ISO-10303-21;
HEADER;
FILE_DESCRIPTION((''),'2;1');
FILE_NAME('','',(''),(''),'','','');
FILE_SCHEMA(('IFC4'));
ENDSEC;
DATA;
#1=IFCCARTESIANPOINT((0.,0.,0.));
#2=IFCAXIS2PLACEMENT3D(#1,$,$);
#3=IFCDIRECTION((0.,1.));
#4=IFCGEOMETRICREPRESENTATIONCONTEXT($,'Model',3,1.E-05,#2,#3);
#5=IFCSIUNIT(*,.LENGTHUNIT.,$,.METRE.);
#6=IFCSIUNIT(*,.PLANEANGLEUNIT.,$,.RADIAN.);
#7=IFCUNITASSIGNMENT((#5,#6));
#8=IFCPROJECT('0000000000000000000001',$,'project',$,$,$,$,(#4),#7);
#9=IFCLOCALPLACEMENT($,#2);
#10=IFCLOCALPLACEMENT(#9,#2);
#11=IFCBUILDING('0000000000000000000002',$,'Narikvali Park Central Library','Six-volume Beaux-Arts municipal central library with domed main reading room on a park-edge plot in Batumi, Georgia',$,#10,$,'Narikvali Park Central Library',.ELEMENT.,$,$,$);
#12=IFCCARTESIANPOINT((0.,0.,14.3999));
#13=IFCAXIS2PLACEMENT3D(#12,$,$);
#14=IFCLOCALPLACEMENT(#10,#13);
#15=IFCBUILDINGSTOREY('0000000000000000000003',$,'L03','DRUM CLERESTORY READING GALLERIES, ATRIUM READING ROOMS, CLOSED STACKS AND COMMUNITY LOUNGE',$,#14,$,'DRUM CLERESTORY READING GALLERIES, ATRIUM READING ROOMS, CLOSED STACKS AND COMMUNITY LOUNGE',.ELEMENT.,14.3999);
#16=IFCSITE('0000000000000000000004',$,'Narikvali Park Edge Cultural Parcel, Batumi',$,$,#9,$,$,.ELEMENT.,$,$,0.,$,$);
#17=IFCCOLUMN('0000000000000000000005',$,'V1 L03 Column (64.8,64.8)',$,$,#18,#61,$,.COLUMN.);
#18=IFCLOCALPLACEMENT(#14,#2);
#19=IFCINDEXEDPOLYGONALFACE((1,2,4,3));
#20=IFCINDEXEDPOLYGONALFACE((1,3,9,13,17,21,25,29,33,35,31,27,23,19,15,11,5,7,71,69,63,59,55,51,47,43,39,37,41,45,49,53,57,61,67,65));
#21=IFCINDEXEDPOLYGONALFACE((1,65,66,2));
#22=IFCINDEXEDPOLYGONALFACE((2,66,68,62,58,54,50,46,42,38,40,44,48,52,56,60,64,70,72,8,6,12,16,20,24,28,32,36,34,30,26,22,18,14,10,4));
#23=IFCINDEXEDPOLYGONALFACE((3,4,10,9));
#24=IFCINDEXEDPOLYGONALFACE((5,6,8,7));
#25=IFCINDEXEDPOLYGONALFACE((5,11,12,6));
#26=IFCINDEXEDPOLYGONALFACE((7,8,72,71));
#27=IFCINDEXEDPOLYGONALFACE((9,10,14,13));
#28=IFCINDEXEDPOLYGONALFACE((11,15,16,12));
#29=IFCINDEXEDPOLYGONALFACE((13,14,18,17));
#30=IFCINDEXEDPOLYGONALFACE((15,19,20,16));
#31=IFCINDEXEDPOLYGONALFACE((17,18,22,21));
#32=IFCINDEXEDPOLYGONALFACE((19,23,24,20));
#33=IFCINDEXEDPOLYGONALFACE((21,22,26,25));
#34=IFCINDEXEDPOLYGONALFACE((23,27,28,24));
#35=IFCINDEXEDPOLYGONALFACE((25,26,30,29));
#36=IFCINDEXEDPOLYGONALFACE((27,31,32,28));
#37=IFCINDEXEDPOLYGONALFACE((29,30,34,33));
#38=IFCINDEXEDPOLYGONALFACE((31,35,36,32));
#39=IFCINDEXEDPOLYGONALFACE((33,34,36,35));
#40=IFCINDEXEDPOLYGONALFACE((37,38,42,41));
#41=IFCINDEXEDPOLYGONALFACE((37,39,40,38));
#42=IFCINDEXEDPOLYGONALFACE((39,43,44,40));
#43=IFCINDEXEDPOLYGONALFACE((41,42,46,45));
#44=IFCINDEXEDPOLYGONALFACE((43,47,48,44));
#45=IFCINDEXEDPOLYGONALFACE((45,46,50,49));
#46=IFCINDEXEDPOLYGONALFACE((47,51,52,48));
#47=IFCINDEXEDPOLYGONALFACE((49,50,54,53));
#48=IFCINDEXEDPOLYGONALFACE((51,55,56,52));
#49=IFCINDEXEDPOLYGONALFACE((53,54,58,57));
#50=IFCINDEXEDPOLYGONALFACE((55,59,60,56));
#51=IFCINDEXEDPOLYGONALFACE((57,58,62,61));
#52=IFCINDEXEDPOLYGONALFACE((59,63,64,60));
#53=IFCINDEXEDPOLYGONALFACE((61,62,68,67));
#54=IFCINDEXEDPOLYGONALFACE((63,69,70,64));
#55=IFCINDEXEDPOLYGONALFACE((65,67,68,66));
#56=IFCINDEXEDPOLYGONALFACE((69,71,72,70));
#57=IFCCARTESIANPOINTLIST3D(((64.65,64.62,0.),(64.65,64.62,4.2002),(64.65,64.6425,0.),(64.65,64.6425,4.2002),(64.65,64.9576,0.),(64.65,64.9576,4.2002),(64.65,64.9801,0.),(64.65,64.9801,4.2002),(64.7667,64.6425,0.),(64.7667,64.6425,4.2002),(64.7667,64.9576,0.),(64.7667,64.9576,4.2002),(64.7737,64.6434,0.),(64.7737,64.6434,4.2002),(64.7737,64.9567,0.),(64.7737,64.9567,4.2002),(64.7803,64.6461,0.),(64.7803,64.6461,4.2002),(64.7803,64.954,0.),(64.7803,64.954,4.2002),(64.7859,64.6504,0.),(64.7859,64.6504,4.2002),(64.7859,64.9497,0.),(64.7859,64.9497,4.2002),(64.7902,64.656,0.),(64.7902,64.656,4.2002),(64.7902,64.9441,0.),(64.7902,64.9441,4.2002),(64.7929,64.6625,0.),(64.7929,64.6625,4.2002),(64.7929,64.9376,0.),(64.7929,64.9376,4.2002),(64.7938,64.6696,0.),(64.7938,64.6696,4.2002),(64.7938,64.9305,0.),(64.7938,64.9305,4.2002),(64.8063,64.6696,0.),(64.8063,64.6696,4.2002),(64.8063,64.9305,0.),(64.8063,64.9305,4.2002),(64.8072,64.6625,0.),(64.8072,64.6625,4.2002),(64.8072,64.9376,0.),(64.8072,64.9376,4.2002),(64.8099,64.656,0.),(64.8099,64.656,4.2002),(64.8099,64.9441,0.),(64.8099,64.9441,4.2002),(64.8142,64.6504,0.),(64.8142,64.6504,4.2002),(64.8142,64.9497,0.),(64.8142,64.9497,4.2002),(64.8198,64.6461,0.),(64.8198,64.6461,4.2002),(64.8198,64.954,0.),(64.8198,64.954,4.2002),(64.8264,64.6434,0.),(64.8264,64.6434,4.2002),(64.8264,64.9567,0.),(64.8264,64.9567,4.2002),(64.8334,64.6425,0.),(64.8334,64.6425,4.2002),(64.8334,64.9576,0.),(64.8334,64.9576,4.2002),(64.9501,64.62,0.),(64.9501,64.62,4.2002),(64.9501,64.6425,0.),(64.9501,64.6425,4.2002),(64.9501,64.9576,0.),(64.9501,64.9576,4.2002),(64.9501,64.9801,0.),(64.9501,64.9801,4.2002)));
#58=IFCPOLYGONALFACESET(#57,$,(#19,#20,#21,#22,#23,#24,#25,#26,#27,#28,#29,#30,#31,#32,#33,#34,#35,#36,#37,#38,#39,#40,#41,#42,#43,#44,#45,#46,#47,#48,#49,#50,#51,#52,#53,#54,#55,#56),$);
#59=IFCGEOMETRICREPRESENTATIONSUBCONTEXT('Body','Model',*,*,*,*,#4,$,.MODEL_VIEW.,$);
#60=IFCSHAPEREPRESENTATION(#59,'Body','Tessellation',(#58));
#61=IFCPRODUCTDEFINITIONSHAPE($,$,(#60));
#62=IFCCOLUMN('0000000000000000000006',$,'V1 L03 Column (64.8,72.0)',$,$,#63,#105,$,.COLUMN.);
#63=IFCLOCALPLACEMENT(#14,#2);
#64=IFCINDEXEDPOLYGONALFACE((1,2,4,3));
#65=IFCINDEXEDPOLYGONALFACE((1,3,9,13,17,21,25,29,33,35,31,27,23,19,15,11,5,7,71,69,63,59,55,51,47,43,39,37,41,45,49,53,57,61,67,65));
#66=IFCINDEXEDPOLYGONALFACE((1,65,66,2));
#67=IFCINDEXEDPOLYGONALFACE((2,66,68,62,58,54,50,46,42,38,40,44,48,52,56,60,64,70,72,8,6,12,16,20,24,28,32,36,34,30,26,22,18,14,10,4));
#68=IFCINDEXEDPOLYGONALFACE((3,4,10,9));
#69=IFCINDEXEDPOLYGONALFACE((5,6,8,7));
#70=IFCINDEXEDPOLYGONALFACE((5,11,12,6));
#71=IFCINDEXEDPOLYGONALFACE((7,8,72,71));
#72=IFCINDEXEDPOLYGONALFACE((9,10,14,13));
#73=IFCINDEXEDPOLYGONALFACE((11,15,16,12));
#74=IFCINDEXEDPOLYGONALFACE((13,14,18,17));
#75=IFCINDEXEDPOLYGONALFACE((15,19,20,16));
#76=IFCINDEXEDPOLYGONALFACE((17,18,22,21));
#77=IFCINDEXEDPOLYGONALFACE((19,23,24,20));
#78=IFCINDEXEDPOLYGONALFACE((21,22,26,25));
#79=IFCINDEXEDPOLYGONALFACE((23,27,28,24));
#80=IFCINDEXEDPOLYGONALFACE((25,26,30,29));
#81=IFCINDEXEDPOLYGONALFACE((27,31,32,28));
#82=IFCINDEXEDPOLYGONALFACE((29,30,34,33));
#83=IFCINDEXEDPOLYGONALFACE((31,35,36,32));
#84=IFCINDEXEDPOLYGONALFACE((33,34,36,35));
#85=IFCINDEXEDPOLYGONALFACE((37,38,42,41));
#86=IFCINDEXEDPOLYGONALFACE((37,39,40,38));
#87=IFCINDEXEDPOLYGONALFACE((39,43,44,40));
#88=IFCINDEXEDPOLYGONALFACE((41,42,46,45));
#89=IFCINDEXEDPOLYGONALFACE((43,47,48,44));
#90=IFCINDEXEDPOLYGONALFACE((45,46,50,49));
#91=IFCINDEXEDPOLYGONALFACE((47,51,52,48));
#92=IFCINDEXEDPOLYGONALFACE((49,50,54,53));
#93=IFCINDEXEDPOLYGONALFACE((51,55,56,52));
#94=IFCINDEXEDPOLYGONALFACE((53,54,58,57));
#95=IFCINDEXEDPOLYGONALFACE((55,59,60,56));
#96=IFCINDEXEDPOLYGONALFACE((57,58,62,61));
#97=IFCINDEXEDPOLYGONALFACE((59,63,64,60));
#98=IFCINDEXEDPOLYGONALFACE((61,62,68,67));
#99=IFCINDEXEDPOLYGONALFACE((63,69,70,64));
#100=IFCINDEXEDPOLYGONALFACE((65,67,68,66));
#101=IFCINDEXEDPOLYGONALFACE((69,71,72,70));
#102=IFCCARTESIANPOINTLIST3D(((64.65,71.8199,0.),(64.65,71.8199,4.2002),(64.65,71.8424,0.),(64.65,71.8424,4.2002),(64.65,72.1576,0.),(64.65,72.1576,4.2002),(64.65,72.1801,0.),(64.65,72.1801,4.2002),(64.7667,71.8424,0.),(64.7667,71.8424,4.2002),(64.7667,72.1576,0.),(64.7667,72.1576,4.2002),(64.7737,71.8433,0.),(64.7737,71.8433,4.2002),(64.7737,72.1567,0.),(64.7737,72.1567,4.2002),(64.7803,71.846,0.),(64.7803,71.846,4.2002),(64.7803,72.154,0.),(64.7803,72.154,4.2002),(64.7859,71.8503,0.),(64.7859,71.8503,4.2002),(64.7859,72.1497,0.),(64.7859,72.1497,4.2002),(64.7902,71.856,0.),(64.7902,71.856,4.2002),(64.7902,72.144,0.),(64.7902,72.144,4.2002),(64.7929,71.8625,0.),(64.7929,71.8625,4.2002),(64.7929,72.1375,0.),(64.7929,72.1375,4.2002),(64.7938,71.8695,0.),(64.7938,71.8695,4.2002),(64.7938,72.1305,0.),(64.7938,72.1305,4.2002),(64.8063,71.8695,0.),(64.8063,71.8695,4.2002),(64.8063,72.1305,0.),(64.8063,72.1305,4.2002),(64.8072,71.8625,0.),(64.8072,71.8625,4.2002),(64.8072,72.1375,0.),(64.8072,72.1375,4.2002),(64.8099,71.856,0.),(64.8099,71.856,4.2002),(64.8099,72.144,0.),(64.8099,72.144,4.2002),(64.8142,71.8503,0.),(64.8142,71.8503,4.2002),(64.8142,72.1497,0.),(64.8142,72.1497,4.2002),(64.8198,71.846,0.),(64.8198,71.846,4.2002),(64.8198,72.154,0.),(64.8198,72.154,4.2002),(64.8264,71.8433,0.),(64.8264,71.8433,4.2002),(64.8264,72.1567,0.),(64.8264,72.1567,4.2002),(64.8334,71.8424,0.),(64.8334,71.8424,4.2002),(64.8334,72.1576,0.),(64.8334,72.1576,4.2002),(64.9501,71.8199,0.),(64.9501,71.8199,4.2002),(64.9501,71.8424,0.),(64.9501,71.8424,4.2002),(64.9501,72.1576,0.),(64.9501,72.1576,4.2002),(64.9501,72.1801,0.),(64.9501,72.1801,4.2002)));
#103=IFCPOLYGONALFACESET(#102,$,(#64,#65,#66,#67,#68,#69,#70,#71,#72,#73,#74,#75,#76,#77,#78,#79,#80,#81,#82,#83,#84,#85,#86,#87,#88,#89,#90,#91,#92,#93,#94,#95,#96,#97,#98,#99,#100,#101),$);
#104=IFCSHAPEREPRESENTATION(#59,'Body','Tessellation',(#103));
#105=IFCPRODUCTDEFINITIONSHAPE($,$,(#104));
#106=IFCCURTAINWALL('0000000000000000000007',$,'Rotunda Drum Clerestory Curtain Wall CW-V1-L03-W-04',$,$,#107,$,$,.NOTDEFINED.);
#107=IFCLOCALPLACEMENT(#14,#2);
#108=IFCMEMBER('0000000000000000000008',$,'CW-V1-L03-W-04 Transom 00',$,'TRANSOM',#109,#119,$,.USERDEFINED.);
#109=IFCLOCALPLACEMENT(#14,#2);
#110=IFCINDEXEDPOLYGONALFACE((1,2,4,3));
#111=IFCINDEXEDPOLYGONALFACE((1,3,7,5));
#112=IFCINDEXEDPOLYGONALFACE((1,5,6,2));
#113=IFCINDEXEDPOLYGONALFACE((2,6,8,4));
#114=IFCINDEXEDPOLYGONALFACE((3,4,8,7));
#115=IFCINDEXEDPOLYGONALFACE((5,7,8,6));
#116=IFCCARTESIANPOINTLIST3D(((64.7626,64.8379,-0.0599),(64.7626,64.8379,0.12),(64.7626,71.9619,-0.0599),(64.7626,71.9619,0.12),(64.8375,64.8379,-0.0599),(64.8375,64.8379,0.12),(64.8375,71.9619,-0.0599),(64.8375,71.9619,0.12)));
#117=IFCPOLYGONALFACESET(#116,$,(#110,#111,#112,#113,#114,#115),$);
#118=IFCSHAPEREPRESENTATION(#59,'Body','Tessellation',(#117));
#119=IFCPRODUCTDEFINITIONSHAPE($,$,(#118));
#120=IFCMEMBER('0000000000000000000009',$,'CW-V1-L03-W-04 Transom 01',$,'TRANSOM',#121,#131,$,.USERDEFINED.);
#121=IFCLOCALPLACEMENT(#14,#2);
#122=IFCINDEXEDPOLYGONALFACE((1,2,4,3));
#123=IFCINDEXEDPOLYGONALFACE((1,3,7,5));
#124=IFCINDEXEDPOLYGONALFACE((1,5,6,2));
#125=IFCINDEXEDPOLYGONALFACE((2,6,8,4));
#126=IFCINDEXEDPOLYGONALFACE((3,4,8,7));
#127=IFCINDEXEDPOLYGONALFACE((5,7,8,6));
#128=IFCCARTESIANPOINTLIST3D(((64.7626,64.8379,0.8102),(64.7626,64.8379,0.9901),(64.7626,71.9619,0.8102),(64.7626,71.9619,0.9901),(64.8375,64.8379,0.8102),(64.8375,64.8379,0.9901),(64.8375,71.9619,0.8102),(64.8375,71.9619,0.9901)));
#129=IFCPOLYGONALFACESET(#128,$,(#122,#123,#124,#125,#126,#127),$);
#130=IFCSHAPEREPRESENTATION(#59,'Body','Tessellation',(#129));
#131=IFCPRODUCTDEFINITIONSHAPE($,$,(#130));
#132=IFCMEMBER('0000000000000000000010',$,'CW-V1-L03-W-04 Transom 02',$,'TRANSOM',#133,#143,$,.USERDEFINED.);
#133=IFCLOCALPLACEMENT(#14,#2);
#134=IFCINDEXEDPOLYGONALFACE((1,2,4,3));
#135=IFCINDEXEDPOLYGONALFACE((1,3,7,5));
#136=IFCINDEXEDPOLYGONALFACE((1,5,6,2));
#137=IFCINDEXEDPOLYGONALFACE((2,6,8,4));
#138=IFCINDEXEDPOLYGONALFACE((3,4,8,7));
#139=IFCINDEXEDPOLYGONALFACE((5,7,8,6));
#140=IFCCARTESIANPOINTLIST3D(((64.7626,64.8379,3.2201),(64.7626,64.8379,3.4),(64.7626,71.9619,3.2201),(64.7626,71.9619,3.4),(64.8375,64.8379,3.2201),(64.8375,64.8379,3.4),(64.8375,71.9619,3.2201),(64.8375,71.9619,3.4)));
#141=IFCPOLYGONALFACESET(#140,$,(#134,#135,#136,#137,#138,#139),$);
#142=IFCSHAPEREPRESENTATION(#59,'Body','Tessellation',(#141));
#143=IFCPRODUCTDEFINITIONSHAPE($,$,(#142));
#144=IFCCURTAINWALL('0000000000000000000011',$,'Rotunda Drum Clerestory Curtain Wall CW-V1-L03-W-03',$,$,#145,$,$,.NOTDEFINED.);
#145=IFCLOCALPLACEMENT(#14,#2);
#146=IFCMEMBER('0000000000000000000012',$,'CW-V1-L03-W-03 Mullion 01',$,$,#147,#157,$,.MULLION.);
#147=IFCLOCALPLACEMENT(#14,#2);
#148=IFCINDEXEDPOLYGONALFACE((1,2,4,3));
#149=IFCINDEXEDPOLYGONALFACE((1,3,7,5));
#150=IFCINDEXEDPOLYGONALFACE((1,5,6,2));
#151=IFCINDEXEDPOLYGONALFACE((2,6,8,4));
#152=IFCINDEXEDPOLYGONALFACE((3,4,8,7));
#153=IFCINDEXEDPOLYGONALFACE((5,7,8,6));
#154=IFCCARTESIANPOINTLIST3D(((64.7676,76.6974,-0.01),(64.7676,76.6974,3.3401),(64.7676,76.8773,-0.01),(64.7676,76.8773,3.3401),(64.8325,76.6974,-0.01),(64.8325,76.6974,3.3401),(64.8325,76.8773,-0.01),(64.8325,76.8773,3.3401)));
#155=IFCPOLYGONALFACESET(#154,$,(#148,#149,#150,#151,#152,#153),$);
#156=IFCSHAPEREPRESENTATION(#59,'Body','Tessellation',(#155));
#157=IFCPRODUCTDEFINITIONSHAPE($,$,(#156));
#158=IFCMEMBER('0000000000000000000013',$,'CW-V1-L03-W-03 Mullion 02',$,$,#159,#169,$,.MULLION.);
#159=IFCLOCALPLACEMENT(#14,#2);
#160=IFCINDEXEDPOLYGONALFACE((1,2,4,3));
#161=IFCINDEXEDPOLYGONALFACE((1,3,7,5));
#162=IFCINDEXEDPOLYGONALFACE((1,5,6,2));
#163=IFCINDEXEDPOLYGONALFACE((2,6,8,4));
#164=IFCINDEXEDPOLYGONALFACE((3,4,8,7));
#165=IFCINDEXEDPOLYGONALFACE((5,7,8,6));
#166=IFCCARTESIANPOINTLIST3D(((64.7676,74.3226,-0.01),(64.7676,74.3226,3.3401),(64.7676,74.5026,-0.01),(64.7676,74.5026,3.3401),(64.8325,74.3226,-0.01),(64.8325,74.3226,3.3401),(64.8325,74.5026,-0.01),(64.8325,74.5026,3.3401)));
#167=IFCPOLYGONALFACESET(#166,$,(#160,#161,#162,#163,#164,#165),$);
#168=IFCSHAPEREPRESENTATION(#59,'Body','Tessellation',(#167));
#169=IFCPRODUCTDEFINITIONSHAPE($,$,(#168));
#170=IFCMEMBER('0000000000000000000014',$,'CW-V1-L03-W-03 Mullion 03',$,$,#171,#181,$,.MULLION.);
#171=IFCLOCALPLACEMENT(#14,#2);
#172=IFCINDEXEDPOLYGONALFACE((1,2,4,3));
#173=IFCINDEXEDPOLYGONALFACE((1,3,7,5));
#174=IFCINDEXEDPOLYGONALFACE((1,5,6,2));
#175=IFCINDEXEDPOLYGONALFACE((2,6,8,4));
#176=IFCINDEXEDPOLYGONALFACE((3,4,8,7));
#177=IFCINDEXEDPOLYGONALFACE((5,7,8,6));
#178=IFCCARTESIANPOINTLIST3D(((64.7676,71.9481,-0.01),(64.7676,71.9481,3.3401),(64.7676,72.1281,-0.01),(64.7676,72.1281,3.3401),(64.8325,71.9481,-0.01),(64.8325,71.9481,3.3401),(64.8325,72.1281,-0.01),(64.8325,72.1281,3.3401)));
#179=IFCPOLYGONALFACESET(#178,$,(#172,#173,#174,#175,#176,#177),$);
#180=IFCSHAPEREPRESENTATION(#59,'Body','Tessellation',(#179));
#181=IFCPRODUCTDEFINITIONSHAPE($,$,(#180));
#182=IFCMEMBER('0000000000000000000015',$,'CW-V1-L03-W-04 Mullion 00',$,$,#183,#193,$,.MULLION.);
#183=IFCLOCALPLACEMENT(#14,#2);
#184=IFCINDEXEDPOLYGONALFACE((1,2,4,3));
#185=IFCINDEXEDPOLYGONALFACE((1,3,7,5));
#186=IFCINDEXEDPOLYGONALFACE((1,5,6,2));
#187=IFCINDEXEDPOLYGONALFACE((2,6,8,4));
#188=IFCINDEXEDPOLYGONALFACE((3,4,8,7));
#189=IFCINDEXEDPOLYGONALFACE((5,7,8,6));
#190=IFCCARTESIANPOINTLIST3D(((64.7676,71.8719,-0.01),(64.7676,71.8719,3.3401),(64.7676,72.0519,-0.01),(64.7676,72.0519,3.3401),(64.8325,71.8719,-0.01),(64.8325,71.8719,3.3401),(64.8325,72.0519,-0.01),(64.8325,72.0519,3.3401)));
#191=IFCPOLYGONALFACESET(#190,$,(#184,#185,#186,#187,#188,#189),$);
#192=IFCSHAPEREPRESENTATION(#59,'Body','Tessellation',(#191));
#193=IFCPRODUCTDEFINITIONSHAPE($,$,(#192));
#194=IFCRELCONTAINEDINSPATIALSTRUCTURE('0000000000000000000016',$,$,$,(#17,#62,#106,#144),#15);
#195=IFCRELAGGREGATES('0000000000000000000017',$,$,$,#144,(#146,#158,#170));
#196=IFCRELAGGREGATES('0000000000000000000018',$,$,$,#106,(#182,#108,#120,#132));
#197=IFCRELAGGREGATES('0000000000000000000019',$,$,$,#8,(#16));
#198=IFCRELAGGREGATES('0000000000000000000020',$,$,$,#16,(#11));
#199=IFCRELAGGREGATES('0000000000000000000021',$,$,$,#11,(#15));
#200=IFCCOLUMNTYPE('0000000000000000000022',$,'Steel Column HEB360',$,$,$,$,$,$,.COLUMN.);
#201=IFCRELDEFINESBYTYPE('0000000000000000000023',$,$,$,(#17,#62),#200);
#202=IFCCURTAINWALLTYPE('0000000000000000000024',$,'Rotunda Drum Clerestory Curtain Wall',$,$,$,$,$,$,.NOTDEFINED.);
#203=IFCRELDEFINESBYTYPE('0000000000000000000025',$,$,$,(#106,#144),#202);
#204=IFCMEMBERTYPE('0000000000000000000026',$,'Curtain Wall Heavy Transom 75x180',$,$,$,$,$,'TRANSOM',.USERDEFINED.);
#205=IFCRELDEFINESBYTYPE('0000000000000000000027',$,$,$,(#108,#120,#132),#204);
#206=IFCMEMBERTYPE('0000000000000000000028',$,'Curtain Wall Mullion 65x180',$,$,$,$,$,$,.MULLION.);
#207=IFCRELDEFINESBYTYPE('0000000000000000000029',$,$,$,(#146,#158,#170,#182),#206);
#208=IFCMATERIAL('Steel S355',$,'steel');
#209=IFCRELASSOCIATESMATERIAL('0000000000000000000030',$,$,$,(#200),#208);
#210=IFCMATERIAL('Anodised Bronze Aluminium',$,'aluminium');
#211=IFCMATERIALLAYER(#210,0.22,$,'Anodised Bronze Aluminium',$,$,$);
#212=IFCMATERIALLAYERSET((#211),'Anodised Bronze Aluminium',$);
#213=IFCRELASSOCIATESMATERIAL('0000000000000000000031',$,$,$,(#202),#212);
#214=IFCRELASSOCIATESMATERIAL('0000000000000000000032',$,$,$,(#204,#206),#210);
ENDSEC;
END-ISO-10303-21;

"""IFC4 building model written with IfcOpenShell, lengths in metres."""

from ifc_helpers import new_model, si_unit, direction, frame, origin, origin_2d, place, context, subcontext, project, spatial, rectangle, i_section, extrude, material, layer, layer_set, material_profile, profile_set, type_object, element, aggregate, save


model = new_model("IFC4")

# Units and contexts
model_context = context("Model", 3, precision=1e-05, world=origin(), true_north=direction((0.0, 1.0)))
body_context = subcontext(model_context, "Body", "Model", "MODEL_VIEW")
ifc_project = project(units=[si_unit("LENGTHUNIT", "METRE"), si_unit("PLANEANGLEUNIT", "RADIAN")], contexts=[model_context])

# Site, building, storey
site_placement = place(None, origin())
site = spatial("IfcSite", under=ifc_project, at=site_placement, Name="Narikvali Park Edge Cultural Parcel, Batumi", CompositionType="ELEMENT", RefElevation=0.0)
building_placement = place(site_placement, origin())
building = spatial("IfcBuilding", under=site, at=building_placement, Name="Narikvali Park Central Library", Description="Six-volume Beaux-Arts municipal central library with domed main reading room on a park-edge plot in Batumi, Georgia", LongName="Narikvali Park Central Library", CompositionType="ELEMENT")
storey_placement = place(building_placement, frame((0.0, 0.0, 14.3999)))
storey = spatial("IfcBuildingStorey", under=building, at=storey_placement, Name="L03", Description="DRUM CLERESTORY READING GALLERIES, ATRIUM READING ROOMS, CLOSED STACKS AND COMMUNITY LOUNGE", LongName="DRUM CLERESTORY READING GALLERIES, ATRIUM READING ROOMS, CLOSED STACKS AND COMMUNITY LOUNGE", CompositionType="ELEMENT", Elevation=14.3999)

# Columns
ifc_material_1 = material(Name="Steel S355", Category="steel")
ifc_material_profile_1 = material_profile(ifc_material_1, i_section(OverallWidth=0.3, OverallDepth=0.3601, WebThickness=0.0125, FlangeThickness=0.0225, FilletRadius=0.0271, at=origin_2d()), Name="HEB 360")
ifc_profile_set_1 = profile_set([ifc_material_profile_1], Name="Steel S355")
column_type = type_object("IfcColumnType", Name="Steel Column HEB360", PredefinedType="COLUMN", material=ifc_profile_set_1)
for number, where, z_axis, x_axis, name in (
    (1, (64.8, 64.8, 0.0), (0.0, 0.0, 1.0), (1.0, 0.0, 0.0), "V1 L03 Column (64.8,64.8)"),
    (2, (64.8, 72.0, 0.0), (0.0, 0.0, 1.0), (1.0, 0.0, 0.0), "V1 L03 Column (64.8,72.0)"),
):
    element("IfcColumn", number, at=place(storey_placement, frame(where, z_axis=z_axis, x_axis=x_axis)), inside=storey, type_object=column_type, Name=name, PredefinedType="COLUMN", context=body_context, shape_type="SweptSolid", body=[
        extrude(i_section(OverallWidth=0.3, OverallDepth=0.3601, WebThickness=0.0125, FlangeThickness=0.0225, FilletRadius=0.0271, at=origin_2d()), origin(), (0.0, 0.0, 1.0), 4.2002),
    ])

# Curtain walls, members
ifc_material_2 = material(Name="Anodised Bronze Aluminium", Category="aluminium")
ifc_layer_1 = layer(ifc_material_2, 0.22, Name="Anodised Bronze Aluminium")
ifc_layer_set_1 = layer_set([ifc_layer_1], Name="Anodised Bronze Aluminium")
curtain_wall_type = type_object("IfcCurtainWallType", Name="Rotunda Drum Clerestory Curtain Wall", PredefinedType="NOTDEFINED", material=ifc_layer_set_1)
curtain_wall_1_placement = place(storey_placement, origin())
curtain_wall_1 = element("IfcCurtainWall", 3, at=curtain_wall_1_placement, inside=storey, type_object=curtain_wall_type, Name="Rotunda Drum Clerestory Curtain Wall CW-V1-L03-W-04", PredefinedType="NOTDEFINED")
ifc_material_profile_2 = material_profile(ifc_material_2, rectangle(XDim=0.075, YDim=0.1799, at=origin_2d()), Name="CW TRANSOM 75x180")
ifc_profile_set_2 = profile_set([ifc_material_profile_2], Name="Anodised Bronze Aluminium")
member_type_1 = type_object("IfcMemberType", Name="Curtain Wall Heavy Transom 75x180", ElementType="TRANSOM", PredefinedType="USERDEFINED", material=ifc_profile_set_2)
member_1_placement = place(storey_placement, frame((64.8, 71.9619, 0.03), z_axis=(0.0, -1.0, 0.0), x_axis=(1.0, 0.0, 0.0)))
member_1 = element("IfcMember", 4, at=member_1_placement, type_object=member_type_1, Name="CW-V1-L03-W-04 Transom 00", ObjectType="TRANSOM", PredefinedType="USERDEFINED", context=body_context, shape_type="SweptSolid", body=[
    extrude(rectangle(XDim=0.075, YDim=0.1799, at=origin_2d()), origin(), (0.0, 0.0, 1.0), 7.124),
])
member_2_placement = place(storey_placement, frame((64.8, 71.9619, 0.9001), z_axis=(0.0, -1.0, 0.0), x_axis=(1.0, 0.0, 0.0)))
member_2 = element("IfcMember", 5, at=member_2_placement, type_object=member_type_1, Name="CW-V1-L03-W-04 Transom 01", ObjectType="TRANSOM", PredefinedType="USERDEFINED", context=body_context, shape_type="SweptSolid", body=[
    extrude(rectangle(XDim=0.075, YDim=0.1799, at=origin_2d()), origin(), (0.0, 0.0, 1.0), 7.124),
])
member_3_placement = place(storey_placement, frame((64.8, 71.9619, 3.3101), z_axis=(0.0, -1.0, 0.0), x_axis=(1.0, 0.0, 0.0)))
member_3 = element("IfcMember", 6, at=member_3_placement, type_object=member_type_1, Name="CW-V1-L03-W-04 Transom 02", ObjectType="TRANSOM", PredefinedType="USERDEFINED", context=body_context, shape_type="SweptSolid", body=[
    extrude(rectangle(XDim=0.075, YDim=0.1799, at=origin_2d()), origin(), (0.0, 0.0, 1.0), 7.124),
])
curtain_wall_2_placement = place(storey_placement, origin())
curtain_wall_2 = element("IfcCurtainWall", 7, at=curtain_wall_2_placement, inside=storey, type_object=curtain_wall_type, Name="Rotunda Drum Clerestory Curtain Wall CW-V1-L03-W-03", PredefinedType="NOTDEFINED")
ifc_material_profile_3 = material_profile(ifc_material_2, rectangle(XDim=0.0649, YDim=0.1799, at=origin_2d()), Name="CW MULLION 65x180")
ifc_profile_set_3 = profile_set([ifc_material_profile_3], Name="Anodised Bronze Aluminium")
member_type_2 = type_object("IfcMemberType", Name="Curtain Wall Mullion 65x180", PredefinedType="MULLION", material=ifc_profile_set_3)
member_4_placement = place(storey_placement, frame((64.8, 76.7874, -0.01), z_axis=(0.0, 0.0, 1.0), x_axis=(1.0, 0.0, 0.0)))
member_4 = element("IfcMember", 8, at=member_4_placement, type_object=member_type_2, Name="CW-V1-L03-W-03 Mullion 01", PredefinedType="MULLION", context=body_context, shape_type="SweptSolid", body=[
    extrude(rectangle(XDim=0.0649, YDim=0.1799, at=origin_2d()), origin(), (0.0, 0.0, 1.0), 3.3501),
])
member_5_placement = place(storey_placement, frame((64.8, 74.4126, -0.01), z_axis=(0.0, 0.0, 1.0), x_axis=(1.0, 0.0, 0.0)))
member_5 = element("IfcMember", 9, at=member_5_placement, type_object=member_type_2, Name="CW-V1-L03-W-03 Mullion 02", PredefinedType="MULLION", context=body_context, shape_type="SweptSolid", body=[
    extrude(rectangle(XDim=0.0649, YDim=0.1799, at=origin_2d()), origin(), (0.0, 0.0, 1.0), 3.3501),
])
member_6_placement = place(storey_placement, frame((64.8, 72.0381, -0.01), z_axis=(0.0, 0.0, 1.0), x_axis=(1.0, 0.0, 0.0)))
member_6 = element("IfcMember", 10, at=member_6_placement, type_object=member_type_2, Name="CW-V1-L03-W-03 Mullion 03", PredefinedType="MULLION", context=body_context, shape_type="SweptSolid", body=[
    extrude(rectangle(XDim=0.0649, YDim=0.1799, at=origin_2d()), origin(), (0.0, 0.0, 1.0), 3.3501),
])

# Member
member_7_placement = place(storey_placement, frame((64.8, 71.9619, -0.01), z_axis=(0.0, 0.0, 1.0), x_axis=(1.0, 0.0, 0.0)))
member_7 = element("IfcMember", 11, at=member_7_placement, type_object=member_type_2, Name="CW-V1-L03-W-04 Mullion 00", PredefinedType="MULLION", context=body_context, shape_type="SweptSolid", body=[
    extrude(rectangle(XDim=0.0649, YDim=0.1799, at=origin_2d()), origin(), (0.0, 0.0, 1.0), 3.3501),
])

aggregate(curtain_wall_2, [member_4, member_5, member_6])
aggregate(curtain_wall_1, [member_7, member_1, member_2, member_3])

save(model, "model.ifc")
